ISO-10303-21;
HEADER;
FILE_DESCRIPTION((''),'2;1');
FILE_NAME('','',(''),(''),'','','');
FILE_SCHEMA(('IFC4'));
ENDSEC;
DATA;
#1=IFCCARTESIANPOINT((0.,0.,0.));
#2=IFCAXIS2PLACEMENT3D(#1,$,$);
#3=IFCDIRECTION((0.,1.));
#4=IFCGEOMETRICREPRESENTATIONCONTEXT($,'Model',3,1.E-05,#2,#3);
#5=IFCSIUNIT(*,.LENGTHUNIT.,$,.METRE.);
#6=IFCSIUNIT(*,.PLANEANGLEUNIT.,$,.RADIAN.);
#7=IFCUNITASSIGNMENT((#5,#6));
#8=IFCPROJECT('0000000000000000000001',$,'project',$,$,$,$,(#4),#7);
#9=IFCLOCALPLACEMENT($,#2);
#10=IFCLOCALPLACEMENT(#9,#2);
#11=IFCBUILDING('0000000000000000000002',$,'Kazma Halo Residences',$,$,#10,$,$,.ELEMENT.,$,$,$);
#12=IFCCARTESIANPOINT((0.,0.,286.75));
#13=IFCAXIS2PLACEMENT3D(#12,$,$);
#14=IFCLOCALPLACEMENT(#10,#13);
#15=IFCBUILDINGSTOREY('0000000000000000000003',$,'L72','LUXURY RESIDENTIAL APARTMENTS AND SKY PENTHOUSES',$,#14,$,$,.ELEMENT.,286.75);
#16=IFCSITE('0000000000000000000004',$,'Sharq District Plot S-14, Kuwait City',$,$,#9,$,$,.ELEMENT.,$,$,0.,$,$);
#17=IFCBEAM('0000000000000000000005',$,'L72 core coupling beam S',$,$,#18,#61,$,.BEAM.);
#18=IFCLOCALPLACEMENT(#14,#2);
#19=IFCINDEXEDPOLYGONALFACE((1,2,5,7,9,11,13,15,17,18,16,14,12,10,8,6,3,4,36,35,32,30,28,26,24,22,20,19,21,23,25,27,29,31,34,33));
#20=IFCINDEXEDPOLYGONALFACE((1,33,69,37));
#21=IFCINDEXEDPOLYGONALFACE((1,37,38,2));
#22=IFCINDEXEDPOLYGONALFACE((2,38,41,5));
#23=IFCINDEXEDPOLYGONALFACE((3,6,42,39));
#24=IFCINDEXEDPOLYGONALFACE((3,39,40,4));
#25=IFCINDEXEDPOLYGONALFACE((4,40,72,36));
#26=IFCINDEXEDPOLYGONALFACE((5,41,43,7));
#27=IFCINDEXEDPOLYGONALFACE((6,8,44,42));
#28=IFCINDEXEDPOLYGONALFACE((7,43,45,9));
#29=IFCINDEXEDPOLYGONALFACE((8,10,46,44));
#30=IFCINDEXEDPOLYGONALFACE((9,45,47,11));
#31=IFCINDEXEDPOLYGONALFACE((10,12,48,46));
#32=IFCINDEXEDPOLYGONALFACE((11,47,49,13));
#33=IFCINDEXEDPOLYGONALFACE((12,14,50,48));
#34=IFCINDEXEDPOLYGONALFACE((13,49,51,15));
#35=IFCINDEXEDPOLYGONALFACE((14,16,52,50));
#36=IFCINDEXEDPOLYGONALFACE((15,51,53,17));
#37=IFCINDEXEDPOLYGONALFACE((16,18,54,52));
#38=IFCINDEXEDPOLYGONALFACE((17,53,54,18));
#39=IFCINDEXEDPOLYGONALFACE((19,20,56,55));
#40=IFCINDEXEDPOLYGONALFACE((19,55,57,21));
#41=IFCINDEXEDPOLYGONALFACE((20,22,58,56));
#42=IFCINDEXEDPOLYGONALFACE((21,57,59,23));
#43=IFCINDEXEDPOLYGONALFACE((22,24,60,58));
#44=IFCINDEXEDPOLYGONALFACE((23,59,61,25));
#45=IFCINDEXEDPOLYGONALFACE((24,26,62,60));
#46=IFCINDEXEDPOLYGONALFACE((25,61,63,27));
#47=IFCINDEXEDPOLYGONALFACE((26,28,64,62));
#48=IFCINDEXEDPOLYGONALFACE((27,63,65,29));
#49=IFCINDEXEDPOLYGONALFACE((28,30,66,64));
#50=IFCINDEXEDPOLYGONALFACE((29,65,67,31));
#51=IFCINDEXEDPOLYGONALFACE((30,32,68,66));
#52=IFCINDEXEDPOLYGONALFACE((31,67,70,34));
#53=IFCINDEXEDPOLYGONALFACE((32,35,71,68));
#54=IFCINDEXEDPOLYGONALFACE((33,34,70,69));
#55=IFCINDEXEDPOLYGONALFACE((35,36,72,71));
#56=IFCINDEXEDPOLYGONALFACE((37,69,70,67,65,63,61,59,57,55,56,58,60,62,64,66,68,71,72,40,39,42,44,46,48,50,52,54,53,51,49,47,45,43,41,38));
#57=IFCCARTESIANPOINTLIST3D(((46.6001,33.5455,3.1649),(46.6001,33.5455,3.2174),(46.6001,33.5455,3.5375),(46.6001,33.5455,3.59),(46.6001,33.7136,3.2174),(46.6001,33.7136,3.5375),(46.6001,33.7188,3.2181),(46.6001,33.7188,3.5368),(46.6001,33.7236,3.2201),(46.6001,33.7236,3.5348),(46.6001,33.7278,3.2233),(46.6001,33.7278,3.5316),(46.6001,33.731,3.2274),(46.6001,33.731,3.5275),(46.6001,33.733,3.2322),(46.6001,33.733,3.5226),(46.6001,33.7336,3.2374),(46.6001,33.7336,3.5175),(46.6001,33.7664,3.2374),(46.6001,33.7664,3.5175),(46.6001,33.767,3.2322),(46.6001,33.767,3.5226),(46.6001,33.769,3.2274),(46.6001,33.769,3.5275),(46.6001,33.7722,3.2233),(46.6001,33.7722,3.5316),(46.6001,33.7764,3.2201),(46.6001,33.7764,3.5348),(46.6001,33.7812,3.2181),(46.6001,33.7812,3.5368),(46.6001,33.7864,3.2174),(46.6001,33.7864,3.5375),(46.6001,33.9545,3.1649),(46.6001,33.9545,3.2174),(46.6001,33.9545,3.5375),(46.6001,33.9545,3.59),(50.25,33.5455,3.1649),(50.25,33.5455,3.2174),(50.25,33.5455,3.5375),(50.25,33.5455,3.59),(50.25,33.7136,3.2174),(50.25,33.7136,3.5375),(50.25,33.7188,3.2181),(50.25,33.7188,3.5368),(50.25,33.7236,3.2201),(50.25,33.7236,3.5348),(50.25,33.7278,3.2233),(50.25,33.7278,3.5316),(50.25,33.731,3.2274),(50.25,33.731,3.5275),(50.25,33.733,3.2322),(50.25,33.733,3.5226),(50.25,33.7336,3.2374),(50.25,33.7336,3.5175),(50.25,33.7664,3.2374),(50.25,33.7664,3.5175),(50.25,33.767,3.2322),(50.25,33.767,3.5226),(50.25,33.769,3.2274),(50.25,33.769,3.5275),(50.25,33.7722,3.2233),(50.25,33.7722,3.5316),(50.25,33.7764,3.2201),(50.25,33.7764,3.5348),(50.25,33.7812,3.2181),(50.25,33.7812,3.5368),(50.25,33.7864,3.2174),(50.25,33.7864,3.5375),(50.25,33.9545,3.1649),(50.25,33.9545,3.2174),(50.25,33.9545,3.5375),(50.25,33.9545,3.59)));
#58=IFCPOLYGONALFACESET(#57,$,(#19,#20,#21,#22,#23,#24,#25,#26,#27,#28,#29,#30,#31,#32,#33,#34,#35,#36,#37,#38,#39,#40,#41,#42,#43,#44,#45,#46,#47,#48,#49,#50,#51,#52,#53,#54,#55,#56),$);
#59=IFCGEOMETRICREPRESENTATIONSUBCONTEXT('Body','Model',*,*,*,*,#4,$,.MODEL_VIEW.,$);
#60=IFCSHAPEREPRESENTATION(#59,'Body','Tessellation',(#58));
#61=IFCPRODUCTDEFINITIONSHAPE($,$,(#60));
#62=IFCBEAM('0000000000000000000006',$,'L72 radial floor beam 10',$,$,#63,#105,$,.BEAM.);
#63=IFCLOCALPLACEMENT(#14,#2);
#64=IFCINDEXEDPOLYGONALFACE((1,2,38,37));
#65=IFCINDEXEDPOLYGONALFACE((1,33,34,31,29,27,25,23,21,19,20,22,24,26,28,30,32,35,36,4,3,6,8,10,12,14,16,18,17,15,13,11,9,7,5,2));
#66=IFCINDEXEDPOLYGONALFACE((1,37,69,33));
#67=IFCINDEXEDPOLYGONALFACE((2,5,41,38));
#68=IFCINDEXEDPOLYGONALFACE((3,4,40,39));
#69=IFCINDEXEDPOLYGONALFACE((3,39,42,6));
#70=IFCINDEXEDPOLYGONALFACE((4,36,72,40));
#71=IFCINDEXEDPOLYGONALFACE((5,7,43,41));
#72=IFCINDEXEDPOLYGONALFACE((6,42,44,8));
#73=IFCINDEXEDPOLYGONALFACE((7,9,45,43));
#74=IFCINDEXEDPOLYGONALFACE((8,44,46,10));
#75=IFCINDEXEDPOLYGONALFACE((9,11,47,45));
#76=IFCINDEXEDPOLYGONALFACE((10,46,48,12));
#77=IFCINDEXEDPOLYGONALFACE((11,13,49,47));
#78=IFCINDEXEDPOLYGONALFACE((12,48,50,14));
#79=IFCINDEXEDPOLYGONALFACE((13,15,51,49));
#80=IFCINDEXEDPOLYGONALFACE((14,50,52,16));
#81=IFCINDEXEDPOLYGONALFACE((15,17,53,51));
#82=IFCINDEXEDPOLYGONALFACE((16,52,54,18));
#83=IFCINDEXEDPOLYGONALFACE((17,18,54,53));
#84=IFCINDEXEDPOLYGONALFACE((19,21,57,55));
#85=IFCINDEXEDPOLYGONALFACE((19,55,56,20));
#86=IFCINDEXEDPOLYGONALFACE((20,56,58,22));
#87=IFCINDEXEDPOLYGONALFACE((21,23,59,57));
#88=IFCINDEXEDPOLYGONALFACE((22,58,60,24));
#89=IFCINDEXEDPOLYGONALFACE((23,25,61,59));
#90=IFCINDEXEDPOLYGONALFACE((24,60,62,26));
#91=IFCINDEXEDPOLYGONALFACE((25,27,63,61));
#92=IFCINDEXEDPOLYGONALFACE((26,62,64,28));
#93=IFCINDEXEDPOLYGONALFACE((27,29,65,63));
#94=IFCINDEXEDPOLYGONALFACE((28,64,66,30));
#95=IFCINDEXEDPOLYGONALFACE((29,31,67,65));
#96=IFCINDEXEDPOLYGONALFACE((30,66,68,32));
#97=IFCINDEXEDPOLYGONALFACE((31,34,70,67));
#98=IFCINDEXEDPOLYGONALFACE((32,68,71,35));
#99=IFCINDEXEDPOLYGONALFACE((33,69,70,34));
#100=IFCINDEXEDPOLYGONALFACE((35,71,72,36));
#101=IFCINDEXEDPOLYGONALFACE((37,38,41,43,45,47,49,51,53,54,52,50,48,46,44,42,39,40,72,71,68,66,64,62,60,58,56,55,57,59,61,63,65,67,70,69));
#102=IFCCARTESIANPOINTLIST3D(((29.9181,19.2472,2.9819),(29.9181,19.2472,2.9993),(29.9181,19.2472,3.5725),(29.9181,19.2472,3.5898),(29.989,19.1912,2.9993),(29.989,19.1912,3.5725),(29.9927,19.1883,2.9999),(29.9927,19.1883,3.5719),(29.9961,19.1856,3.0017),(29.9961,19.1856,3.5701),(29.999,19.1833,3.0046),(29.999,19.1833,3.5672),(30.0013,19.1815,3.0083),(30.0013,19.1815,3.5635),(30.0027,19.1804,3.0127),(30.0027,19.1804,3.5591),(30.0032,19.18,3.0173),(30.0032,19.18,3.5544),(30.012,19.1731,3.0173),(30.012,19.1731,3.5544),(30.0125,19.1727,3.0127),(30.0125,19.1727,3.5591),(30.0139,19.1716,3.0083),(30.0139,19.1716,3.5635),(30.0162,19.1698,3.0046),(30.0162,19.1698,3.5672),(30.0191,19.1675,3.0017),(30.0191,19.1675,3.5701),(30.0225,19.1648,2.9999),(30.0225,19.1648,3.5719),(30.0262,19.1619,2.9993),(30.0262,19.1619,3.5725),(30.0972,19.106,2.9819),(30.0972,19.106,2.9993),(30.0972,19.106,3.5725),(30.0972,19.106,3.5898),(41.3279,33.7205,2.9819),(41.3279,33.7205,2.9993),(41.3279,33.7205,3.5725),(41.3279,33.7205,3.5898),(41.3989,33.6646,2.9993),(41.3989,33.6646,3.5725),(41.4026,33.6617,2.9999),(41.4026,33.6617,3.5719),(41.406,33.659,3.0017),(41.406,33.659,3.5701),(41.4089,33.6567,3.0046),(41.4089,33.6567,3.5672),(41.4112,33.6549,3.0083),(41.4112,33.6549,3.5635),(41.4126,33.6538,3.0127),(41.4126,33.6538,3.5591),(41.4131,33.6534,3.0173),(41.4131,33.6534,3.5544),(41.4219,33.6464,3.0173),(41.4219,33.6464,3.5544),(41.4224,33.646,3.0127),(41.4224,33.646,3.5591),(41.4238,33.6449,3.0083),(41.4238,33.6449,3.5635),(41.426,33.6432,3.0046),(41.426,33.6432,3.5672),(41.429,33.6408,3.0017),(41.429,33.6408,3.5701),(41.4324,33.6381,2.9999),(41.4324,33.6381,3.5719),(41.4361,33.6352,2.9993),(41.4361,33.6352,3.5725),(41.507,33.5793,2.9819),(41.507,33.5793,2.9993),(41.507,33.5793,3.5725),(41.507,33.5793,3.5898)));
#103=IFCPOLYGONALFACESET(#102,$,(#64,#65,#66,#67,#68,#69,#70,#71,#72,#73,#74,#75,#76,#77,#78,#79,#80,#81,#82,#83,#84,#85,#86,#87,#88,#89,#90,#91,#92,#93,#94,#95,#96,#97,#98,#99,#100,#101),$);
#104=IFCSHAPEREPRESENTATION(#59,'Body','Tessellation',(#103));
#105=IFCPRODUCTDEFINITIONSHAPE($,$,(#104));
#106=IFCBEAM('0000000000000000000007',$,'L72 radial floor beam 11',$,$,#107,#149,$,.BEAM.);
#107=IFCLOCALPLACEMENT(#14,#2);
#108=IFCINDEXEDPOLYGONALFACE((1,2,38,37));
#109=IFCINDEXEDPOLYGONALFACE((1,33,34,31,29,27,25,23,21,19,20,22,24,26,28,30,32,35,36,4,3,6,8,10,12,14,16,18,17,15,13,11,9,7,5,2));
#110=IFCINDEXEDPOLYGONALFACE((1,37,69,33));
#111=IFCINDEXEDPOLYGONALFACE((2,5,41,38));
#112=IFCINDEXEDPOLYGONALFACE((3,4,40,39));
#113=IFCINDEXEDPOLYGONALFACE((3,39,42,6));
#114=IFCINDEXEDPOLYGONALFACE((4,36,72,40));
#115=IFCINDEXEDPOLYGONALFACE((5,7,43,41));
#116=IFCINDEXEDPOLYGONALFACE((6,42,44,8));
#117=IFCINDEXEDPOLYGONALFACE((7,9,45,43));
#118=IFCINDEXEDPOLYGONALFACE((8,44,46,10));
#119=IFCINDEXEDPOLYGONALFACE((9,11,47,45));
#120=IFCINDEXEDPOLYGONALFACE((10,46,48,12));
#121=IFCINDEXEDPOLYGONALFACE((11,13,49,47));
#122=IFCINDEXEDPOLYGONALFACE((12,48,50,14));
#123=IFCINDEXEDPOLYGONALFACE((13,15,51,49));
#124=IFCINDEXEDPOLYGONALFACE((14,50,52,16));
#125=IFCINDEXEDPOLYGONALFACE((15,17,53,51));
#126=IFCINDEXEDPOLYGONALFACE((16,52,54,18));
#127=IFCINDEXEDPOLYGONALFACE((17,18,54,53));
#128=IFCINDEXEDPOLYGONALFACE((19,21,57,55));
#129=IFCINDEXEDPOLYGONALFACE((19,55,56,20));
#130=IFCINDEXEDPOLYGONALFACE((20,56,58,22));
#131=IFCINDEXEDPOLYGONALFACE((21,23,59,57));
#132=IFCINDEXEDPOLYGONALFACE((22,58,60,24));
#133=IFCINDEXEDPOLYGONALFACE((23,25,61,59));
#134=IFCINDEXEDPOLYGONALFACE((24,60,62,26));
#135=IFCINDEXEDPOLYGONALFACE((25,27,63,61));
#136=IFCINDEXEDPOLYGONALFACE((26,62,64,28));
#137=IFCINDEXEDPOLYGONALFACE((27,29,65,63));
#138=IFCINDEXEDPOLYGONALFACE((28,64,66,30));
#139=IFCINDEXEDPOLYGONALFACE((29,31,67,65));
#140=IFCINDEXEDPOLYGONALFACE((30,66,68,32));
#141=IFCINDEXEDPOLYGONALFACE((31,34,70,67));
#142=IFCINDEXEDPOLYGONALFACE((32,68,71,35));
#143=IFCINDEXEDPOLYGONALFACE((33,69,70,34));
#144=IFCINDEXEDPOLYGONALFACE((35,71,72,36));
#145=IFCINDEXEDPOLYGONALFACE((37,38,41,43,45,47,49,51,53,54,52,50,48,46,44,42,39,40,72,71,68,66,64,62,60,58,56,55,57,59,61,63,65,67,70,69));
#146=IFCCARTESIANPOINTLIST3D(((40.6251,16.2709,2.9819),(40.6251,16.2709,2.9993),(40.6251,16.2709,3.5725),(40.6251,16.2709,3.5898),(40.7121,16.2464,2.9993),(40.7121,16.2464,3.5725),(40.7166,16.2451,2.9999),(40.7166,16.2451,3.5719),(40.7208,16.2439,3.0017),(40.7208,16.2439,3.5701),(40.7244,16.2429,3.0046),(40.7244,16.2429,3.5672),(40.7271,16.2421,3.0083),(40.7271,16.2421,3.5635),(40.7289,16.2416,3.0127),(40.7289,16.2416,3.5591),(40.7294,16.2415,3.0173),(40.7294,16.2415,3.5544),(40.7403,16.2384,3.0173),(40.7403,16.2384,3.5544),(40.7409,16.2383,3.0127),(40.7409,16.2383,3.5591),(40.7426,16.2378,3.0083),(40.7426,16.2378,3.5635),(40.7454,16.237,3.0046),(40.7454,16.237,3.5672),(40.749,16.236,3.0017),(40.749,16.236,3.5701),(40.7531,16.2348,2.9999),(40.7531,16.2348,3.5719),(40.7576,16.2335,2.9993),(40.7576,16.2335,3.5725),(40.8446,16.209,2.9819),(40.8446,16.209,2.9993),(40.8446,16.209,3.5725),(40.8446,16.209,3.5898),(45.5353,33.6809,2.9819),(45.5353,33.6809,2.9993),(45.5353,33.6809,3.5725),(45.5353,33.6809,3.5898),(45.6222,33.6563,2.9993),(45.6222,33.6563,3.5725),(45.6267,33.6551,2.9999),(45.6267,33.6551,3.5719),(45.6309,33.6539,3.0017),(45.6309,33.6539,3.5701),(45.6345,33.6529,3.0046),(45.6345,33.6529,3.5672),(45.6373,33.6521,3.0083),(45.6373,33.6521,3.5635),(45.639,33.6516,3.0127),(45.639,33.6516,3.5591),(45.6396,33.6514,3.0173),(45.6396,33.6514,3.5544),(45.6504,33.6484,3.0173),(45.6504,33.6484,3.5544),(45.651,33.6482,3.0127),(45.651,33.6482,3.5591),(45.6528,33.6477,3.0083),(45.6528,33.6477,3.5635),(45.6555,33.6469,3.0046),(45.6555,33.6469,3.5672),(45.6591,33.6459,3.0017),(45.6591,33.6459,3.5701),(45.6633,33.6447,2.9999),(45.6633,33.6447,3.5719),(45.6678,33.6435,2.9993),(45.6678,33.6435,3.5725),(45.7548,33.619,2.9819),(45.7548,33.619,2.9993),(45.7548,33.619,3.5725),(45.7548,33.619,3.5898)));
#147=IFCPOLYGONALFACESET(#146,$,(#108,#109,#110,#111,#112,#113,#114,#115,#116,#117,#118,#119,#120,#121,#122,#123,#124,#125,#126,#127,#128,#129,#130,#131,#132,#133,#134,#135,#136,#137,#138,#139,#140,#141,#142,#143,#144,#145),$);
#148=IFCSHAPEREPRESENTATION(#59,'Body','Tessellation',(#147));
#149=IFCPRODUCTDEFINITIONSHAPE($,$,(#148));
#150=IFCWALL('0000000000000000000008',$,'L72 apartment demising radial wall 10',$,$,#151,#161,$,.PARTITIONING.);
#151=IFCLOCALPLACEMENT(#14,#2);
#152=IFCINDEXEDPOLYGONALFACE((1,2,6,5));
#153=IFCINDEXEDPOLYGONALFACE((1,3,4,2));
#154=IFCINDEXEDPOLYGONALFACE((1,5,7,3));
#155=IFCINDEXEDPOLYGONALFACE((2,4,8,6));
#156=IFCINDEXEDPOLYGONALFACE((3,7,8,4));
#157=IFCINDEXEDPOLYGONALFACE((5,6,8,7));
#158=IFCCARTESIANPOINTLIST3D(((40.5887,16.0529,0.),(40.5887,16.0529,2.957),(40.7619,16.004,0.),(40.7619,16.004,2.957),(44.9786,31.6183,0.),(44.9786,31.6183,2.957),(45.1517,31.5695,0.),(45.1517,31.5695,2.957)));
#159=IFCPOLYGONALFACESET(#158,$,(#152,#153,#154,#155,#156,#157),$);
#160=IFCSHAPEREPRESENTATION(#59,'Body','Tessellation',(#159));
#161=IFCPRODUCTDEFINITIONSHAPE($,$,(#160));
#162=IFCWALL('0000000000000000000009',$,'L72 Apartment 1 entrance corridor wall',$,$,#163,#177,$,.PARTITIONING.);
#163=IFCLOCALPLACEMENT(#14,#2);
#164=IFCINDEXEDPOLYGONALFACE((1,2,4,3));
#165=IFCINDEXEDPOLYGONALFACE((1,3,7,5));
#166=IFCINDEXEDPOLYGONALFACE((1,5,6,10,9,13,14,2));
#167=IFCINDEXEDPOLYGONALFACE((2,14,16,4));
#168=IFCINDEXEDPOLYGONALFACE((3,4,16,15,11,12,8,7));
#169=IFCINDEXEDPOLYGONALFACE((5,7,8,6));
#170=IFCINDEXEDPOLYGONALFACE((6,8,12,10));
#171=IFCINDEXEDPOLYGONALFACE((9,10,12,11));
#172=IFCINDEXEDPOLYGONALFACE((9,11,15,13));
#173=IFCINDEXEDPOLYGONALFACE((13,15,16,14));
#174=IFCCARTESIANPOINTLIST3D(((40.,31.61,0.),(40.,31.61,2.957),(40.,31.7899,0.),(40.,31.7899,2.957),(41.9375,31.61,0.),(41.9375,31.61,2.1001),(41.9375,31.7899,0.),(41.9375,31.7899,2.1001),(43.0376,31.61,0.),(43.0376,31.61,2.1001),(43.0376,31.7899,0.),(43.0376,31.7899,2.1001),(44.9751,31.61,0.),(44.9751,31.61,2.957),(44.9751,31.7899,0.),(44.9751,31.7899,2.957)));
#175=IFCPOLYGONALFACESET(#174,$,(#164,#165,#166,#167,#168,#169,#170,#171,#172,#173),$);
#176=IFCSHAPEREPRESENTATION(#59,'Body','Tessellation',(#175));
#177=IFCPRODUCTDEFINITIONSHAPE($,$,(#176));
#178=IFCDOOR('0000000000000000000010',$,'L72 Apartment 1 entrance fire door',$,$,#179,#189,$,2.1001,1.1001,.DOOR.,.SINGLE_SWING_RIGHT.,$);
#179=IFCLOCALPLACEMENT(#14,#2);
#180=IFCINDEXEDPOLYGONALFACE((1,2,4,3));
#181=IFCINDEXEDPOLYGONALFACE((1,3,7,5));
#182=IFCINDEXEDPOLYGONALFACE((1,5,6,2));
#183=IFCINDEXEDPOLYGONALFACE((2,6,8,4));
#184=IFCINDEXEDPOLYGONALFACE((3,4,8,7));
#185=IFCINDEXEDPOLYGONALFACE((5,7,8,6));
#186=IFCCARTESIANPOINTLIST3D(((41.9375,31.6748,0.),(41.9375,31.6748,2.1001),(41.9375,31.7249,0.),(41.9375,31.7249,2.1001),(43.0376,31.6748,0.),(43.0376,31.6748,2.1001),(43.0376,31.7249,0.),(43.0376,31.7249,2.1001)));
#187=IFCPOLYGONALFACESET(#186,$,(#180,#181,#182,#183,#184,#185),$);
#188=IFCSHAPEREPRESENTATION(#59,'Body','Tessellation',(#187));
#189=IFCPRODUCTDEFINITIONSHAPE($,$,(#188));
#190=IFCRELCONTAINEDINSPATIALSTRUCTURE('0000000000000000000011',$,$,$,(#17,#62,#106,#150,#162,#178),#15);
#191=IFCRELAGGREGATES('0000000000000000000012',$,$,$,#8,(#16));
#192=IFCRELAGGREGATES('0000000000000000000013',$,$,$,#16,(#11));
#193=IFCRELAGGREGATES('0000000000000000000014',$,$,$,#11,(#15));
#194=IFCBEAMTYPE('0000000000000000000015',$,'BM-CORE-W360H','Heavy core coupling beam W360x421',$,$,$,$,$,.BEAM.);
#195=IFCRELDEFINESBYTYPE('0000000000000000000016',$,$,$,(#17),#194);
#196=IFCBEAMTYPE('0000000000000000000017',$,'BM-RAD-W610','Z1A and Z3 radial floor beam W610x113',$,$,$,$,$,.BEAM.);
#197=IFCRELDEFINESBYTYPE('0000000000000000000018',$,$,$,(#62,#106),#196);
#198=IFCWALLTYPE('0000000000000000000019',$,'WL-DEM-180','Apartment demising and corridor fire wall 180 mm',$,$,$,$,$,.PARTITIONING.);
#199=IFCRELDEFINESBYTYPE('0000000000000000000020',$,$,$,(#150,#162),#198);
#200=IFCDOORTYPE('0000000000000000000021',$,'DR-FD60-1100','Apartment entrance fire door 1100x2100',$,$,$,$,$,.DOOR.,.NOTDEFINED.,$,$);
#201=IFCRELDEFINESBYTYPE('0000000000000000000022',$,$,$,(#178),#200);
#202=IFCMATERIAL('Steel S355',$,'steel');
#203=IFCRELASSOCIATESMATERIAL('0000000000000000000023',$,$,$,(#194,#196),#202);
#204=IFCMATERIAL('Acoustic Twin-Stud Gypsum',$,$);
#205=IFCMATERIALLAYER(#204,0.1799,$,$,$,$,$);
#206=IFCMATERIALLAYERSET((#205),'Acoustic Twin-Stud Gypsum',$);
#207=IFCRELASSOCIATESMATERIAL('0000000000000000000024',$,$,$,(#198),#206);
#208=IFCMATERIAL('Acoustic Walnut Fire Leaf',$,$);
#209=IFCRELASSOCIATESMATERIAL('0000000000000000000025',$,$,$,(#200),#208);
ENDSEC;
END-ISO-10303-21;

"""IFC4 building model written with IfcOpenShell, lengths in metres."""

from ifc_helpers import new_model, si_unit, direction, frame, frame_2d, origin, origin_2d, place, context, subcontext, project, spatial, rectangle, i_section, extrude, material, layer, layer_set, material_profile, profile_set, type_object, element, fill, save


model = new_model("IFC4")

# Units and contexts
model_context = context("Model", 3, precision=1e-05, world=origin(), true_north=direction((0.0, 1.0)))
body_context = subcontext(model_context, "Body", "Model", "MODEL_VIEW")
ifc_project = project(units=[si_unit("LENGTHUNIT", "METRE"), si_unit("PLANEANGLEUNIT", "RADIAN")], contexts=[model_context])

# Site, building, storey
site_placement = place(None, origin())
site = spatial("IfcSite", under=ifc_project, at=site_placement, Name="Sharq District Plot S-14, Kuwait City", CompositionType="ELEMENT", RefElevation=0.0)
building_placement = place(site_placement, origin())
building = spatial("IfcBuilding", under=site, at=building_placement, Name="Kazma Halo Residences", CompositionType="ELEMENT")
storey_placement = place(building_placement, frame((0.0, 0.0, 286.75)))
storey = spatial("IfcBuildingStorey", under=building, at=storey_placement, Name="L72", Description="LUXURY RESIDENTIAL APARTMENTS AND SKY PENTHOUSES", CompositionType="ELEMENT", Elevation=286.75)

# Beams
ifc_material_1 = material(Name="Steel S355", Category="steel")
ifc_material_profile_1 = material_profile(ifc_material_1, i_section(OverallWidth=0.4089, OverallDepth=0.425, WebThickness=0.0327, FlangeThickness=0.0525, FilletRadius=0.02, at=origin_2d()), Name="W360x421")
ifc_profile_set_1 = profile_set([ifc_material_profile_1], Name="Steel S355")
beam_type_1 = type_object("IfcBeamType", Name="BM-CORE-W360H", Description="Heavy core coupling beam W360x421", PredefinedType="BEAM", material=ifc_profile_set_1)
beam_1_placement = place(storey_placement, frame((46.6001, 33.75, 3.3774), z_axis=(1.0, 0.0, 0.0), x_axis=(0.0, 1.0, 0.0)))
element("IfcBeam", 1, at=beam_1_placement, inside=storey, type_object=beam_type_1, Name="L72 core coupling beam S", PredefinedType="BEAM", context=body_context, shape_type="SweptSolid", body=[
    extrude(i_section(OverallWidth=0.4089, OverallDepth=0.425, WebThickness=0.0327, FlangeThickness=0.0525, FilletRadius=0.02, at=origin_2d()), origin(), (0.0, 0.0, 1.0), 3.6499),
])
ifc_material_profile_2 = material_profile(ifc_material_1, i_section(OverallWidth=0.228, OverallDepth=0.6079, WebThickness=0.0112, FlangeThickness=0.0173, FilletRadius=0.0181, at=origin_2d()), Name="W610x113")
ifc_profile_set_2 = profile_set([ifc_material_profile_2], Name="Steel S355")
beam_type_2 = type_object("IfcBeamType", Name="BM-RAD-W610", Description="Z1A and Z3 radial floor beam W610x113", PredefinedType="BEAM", material=ifc_profile_set_2)
beam_2_placement = place(storey_placement, frame((41.4175, 33.6499, 3.2859), z_axis=(-0.619094, -0.785317, 0.0), x_axis=(0.785317, -0.619094, 0.0)))
element("IfcBeam", 2, at=beam_2_placement, inside=storey, type_object=beam_type_2, Name="L72 radial floor beam 10", PredefinedType="BEAM", context=body_context, shape_type="SweptSolid", body=[
    extrude(i_section(OverallWidth=0.228, OverallDepth=0.6079, WebThickness=0.0112, FlangeThickness=0.0173, FilletRadius=0.0181, at=origin_2d()), origin(), (0.0, 0.0, 1.0), 18.4299),
])
beam_3_placement = place(storey_placement, frame((45.645, 33.6499, 3.2859), z_axis=(-0.271443, -0.962454, 0.0), x_axis=(0.962454, -0.271443, 0.0)))
element("IfcBeam", 3, at=beam_3_placement, inside=storey, type_object=beam_type_2, Name="L72 radial floor beam 11", PredefinedType="BEAM", context=body_context, shape_type="SweptSolid", body=[
    extrude(i_section(OverallWidth=0.228, OverallDepth=0.6079, WebThickness=0.0112, FlangeThickness=0.0173, FilletRadius=0.0181, at=origin_2d()), origin(), (0.0, 0.0, 1.0), 18.0891),
])

# Wall
ifc_material_2 = material(Name="Acoustic Twin-Stud Gypsum")
ifc_layer_1 = layer(ifc_material_2, 0.1799)
ifc_layer_set_1 = layer_set([ifc_layer_1], Name="Acoustic Twin-Stud Gypsum")
wall_type_1 = type_object("IfcWallType", Name="WL-DEM-180", Description="Apartment demising and corridor fire wall 180 mm", PredefinedType="PARTITIONING", material=ifc_layer_set_1)
wall_1_placement = place(storey_placement, frame((45.0652, 31.594, 0.0), z_axis=(0.0, 0.0, 1.0), x_axis=(-0.27144, -0.962455, 0.0)))
element("IfcWall", 4, at=wall_1_placement, inside=storey, type_object=wall_type_1, Name="L72 apartment demising radial wall 10", PredefinedType="PARTITIONING", context=body_context, shape_type="SweptSolid", body=[
    extrude(rectangle(XDim=16.1726, YDim=0.1799, at=frame_2d((8.0864, 0.0))), origin(), (0.0, 0.0, 1.0), 2.957),
])

# Wall, opening, door
wall_2_placement = place(storey_placement, frame((40.0, 31.7, 0.0), z_axis=(0.0, 0.0, 1.0), x_axis=(1.0, 0.0, 0.0)))
wall_2 = element("IfcWall", 5, at=wall_2_placement, inside=storey, type_object=wall_type_1, Name="L72 Apartment 1 entrance corridor wall", PredefinedType="PARTITIONING", context=body_context, shape_type="SweptSolid", body=[
    extrude(rectangle(XDim=4.9751, YDim=0.1799, at=frame_2d((2.4875, 0.0))), origin(), (0.0, 0.0, 1.0), 2.957),
])
opening_1_placement = place(wall_2_placement, frame((1.9375, 0.0, 0.0)))
opening_1 = element("IfcOpeningElement", 6, at=opening_1_placement, cuts=wall_2, PredefinedType="OPENING", context=body_context, shape_type="SweptSolid", body=[
    extrude(rectangle(XDim=1.1001, YDim=2.1001, at=frame_2d((0.55, 1.05))), frame((0.0, 0.0999, 0.0), z_axis=(0.0, -1.0, 0.0), x_axis=(1.0, 0.0, 0.0)), (0.0, 0.0, 1.0), 0.2),
])
ifc_material_3 = material(Name="Acoustic Walnut Fire Leaf")
door_type_1 = type_object("IfcDoorType", Name="DR-FD60-1100", Description="Apartment entrance fire door 1100x2100", OperationType="NOTDEFINED", PredefinedType="DOOR", material=ifc_material_3)
door_1_placement = place(opening_1_placement, origin())
door_1 = element("IfcDoor", 7, at=door_1_placement, inside=storey, type_object=door_type_1, Name="L72 Apartment 1 entrance fire door", OperationType="SINGLE_SWING_RIGHT", OverallHeight=2.1001, OverallWidth=1.1001, PredefinedType="DOOR", context=body_context, shape_type="SweptSolid", body=[
    extrude(rectangle(XDim=1.1001, YDim=2.1001, at=frame_2d((0.55, 1.05))), frame((0.0, 0.0249, 0.0), z_axis=(0.0, -1.0, 0.0), x_axis=(1.0, 0.0, 0.0)), (0.0, 0.0, 1.0), 0.05),
])
fill(opening_1, door_1)

save(model, "model.ifc")
